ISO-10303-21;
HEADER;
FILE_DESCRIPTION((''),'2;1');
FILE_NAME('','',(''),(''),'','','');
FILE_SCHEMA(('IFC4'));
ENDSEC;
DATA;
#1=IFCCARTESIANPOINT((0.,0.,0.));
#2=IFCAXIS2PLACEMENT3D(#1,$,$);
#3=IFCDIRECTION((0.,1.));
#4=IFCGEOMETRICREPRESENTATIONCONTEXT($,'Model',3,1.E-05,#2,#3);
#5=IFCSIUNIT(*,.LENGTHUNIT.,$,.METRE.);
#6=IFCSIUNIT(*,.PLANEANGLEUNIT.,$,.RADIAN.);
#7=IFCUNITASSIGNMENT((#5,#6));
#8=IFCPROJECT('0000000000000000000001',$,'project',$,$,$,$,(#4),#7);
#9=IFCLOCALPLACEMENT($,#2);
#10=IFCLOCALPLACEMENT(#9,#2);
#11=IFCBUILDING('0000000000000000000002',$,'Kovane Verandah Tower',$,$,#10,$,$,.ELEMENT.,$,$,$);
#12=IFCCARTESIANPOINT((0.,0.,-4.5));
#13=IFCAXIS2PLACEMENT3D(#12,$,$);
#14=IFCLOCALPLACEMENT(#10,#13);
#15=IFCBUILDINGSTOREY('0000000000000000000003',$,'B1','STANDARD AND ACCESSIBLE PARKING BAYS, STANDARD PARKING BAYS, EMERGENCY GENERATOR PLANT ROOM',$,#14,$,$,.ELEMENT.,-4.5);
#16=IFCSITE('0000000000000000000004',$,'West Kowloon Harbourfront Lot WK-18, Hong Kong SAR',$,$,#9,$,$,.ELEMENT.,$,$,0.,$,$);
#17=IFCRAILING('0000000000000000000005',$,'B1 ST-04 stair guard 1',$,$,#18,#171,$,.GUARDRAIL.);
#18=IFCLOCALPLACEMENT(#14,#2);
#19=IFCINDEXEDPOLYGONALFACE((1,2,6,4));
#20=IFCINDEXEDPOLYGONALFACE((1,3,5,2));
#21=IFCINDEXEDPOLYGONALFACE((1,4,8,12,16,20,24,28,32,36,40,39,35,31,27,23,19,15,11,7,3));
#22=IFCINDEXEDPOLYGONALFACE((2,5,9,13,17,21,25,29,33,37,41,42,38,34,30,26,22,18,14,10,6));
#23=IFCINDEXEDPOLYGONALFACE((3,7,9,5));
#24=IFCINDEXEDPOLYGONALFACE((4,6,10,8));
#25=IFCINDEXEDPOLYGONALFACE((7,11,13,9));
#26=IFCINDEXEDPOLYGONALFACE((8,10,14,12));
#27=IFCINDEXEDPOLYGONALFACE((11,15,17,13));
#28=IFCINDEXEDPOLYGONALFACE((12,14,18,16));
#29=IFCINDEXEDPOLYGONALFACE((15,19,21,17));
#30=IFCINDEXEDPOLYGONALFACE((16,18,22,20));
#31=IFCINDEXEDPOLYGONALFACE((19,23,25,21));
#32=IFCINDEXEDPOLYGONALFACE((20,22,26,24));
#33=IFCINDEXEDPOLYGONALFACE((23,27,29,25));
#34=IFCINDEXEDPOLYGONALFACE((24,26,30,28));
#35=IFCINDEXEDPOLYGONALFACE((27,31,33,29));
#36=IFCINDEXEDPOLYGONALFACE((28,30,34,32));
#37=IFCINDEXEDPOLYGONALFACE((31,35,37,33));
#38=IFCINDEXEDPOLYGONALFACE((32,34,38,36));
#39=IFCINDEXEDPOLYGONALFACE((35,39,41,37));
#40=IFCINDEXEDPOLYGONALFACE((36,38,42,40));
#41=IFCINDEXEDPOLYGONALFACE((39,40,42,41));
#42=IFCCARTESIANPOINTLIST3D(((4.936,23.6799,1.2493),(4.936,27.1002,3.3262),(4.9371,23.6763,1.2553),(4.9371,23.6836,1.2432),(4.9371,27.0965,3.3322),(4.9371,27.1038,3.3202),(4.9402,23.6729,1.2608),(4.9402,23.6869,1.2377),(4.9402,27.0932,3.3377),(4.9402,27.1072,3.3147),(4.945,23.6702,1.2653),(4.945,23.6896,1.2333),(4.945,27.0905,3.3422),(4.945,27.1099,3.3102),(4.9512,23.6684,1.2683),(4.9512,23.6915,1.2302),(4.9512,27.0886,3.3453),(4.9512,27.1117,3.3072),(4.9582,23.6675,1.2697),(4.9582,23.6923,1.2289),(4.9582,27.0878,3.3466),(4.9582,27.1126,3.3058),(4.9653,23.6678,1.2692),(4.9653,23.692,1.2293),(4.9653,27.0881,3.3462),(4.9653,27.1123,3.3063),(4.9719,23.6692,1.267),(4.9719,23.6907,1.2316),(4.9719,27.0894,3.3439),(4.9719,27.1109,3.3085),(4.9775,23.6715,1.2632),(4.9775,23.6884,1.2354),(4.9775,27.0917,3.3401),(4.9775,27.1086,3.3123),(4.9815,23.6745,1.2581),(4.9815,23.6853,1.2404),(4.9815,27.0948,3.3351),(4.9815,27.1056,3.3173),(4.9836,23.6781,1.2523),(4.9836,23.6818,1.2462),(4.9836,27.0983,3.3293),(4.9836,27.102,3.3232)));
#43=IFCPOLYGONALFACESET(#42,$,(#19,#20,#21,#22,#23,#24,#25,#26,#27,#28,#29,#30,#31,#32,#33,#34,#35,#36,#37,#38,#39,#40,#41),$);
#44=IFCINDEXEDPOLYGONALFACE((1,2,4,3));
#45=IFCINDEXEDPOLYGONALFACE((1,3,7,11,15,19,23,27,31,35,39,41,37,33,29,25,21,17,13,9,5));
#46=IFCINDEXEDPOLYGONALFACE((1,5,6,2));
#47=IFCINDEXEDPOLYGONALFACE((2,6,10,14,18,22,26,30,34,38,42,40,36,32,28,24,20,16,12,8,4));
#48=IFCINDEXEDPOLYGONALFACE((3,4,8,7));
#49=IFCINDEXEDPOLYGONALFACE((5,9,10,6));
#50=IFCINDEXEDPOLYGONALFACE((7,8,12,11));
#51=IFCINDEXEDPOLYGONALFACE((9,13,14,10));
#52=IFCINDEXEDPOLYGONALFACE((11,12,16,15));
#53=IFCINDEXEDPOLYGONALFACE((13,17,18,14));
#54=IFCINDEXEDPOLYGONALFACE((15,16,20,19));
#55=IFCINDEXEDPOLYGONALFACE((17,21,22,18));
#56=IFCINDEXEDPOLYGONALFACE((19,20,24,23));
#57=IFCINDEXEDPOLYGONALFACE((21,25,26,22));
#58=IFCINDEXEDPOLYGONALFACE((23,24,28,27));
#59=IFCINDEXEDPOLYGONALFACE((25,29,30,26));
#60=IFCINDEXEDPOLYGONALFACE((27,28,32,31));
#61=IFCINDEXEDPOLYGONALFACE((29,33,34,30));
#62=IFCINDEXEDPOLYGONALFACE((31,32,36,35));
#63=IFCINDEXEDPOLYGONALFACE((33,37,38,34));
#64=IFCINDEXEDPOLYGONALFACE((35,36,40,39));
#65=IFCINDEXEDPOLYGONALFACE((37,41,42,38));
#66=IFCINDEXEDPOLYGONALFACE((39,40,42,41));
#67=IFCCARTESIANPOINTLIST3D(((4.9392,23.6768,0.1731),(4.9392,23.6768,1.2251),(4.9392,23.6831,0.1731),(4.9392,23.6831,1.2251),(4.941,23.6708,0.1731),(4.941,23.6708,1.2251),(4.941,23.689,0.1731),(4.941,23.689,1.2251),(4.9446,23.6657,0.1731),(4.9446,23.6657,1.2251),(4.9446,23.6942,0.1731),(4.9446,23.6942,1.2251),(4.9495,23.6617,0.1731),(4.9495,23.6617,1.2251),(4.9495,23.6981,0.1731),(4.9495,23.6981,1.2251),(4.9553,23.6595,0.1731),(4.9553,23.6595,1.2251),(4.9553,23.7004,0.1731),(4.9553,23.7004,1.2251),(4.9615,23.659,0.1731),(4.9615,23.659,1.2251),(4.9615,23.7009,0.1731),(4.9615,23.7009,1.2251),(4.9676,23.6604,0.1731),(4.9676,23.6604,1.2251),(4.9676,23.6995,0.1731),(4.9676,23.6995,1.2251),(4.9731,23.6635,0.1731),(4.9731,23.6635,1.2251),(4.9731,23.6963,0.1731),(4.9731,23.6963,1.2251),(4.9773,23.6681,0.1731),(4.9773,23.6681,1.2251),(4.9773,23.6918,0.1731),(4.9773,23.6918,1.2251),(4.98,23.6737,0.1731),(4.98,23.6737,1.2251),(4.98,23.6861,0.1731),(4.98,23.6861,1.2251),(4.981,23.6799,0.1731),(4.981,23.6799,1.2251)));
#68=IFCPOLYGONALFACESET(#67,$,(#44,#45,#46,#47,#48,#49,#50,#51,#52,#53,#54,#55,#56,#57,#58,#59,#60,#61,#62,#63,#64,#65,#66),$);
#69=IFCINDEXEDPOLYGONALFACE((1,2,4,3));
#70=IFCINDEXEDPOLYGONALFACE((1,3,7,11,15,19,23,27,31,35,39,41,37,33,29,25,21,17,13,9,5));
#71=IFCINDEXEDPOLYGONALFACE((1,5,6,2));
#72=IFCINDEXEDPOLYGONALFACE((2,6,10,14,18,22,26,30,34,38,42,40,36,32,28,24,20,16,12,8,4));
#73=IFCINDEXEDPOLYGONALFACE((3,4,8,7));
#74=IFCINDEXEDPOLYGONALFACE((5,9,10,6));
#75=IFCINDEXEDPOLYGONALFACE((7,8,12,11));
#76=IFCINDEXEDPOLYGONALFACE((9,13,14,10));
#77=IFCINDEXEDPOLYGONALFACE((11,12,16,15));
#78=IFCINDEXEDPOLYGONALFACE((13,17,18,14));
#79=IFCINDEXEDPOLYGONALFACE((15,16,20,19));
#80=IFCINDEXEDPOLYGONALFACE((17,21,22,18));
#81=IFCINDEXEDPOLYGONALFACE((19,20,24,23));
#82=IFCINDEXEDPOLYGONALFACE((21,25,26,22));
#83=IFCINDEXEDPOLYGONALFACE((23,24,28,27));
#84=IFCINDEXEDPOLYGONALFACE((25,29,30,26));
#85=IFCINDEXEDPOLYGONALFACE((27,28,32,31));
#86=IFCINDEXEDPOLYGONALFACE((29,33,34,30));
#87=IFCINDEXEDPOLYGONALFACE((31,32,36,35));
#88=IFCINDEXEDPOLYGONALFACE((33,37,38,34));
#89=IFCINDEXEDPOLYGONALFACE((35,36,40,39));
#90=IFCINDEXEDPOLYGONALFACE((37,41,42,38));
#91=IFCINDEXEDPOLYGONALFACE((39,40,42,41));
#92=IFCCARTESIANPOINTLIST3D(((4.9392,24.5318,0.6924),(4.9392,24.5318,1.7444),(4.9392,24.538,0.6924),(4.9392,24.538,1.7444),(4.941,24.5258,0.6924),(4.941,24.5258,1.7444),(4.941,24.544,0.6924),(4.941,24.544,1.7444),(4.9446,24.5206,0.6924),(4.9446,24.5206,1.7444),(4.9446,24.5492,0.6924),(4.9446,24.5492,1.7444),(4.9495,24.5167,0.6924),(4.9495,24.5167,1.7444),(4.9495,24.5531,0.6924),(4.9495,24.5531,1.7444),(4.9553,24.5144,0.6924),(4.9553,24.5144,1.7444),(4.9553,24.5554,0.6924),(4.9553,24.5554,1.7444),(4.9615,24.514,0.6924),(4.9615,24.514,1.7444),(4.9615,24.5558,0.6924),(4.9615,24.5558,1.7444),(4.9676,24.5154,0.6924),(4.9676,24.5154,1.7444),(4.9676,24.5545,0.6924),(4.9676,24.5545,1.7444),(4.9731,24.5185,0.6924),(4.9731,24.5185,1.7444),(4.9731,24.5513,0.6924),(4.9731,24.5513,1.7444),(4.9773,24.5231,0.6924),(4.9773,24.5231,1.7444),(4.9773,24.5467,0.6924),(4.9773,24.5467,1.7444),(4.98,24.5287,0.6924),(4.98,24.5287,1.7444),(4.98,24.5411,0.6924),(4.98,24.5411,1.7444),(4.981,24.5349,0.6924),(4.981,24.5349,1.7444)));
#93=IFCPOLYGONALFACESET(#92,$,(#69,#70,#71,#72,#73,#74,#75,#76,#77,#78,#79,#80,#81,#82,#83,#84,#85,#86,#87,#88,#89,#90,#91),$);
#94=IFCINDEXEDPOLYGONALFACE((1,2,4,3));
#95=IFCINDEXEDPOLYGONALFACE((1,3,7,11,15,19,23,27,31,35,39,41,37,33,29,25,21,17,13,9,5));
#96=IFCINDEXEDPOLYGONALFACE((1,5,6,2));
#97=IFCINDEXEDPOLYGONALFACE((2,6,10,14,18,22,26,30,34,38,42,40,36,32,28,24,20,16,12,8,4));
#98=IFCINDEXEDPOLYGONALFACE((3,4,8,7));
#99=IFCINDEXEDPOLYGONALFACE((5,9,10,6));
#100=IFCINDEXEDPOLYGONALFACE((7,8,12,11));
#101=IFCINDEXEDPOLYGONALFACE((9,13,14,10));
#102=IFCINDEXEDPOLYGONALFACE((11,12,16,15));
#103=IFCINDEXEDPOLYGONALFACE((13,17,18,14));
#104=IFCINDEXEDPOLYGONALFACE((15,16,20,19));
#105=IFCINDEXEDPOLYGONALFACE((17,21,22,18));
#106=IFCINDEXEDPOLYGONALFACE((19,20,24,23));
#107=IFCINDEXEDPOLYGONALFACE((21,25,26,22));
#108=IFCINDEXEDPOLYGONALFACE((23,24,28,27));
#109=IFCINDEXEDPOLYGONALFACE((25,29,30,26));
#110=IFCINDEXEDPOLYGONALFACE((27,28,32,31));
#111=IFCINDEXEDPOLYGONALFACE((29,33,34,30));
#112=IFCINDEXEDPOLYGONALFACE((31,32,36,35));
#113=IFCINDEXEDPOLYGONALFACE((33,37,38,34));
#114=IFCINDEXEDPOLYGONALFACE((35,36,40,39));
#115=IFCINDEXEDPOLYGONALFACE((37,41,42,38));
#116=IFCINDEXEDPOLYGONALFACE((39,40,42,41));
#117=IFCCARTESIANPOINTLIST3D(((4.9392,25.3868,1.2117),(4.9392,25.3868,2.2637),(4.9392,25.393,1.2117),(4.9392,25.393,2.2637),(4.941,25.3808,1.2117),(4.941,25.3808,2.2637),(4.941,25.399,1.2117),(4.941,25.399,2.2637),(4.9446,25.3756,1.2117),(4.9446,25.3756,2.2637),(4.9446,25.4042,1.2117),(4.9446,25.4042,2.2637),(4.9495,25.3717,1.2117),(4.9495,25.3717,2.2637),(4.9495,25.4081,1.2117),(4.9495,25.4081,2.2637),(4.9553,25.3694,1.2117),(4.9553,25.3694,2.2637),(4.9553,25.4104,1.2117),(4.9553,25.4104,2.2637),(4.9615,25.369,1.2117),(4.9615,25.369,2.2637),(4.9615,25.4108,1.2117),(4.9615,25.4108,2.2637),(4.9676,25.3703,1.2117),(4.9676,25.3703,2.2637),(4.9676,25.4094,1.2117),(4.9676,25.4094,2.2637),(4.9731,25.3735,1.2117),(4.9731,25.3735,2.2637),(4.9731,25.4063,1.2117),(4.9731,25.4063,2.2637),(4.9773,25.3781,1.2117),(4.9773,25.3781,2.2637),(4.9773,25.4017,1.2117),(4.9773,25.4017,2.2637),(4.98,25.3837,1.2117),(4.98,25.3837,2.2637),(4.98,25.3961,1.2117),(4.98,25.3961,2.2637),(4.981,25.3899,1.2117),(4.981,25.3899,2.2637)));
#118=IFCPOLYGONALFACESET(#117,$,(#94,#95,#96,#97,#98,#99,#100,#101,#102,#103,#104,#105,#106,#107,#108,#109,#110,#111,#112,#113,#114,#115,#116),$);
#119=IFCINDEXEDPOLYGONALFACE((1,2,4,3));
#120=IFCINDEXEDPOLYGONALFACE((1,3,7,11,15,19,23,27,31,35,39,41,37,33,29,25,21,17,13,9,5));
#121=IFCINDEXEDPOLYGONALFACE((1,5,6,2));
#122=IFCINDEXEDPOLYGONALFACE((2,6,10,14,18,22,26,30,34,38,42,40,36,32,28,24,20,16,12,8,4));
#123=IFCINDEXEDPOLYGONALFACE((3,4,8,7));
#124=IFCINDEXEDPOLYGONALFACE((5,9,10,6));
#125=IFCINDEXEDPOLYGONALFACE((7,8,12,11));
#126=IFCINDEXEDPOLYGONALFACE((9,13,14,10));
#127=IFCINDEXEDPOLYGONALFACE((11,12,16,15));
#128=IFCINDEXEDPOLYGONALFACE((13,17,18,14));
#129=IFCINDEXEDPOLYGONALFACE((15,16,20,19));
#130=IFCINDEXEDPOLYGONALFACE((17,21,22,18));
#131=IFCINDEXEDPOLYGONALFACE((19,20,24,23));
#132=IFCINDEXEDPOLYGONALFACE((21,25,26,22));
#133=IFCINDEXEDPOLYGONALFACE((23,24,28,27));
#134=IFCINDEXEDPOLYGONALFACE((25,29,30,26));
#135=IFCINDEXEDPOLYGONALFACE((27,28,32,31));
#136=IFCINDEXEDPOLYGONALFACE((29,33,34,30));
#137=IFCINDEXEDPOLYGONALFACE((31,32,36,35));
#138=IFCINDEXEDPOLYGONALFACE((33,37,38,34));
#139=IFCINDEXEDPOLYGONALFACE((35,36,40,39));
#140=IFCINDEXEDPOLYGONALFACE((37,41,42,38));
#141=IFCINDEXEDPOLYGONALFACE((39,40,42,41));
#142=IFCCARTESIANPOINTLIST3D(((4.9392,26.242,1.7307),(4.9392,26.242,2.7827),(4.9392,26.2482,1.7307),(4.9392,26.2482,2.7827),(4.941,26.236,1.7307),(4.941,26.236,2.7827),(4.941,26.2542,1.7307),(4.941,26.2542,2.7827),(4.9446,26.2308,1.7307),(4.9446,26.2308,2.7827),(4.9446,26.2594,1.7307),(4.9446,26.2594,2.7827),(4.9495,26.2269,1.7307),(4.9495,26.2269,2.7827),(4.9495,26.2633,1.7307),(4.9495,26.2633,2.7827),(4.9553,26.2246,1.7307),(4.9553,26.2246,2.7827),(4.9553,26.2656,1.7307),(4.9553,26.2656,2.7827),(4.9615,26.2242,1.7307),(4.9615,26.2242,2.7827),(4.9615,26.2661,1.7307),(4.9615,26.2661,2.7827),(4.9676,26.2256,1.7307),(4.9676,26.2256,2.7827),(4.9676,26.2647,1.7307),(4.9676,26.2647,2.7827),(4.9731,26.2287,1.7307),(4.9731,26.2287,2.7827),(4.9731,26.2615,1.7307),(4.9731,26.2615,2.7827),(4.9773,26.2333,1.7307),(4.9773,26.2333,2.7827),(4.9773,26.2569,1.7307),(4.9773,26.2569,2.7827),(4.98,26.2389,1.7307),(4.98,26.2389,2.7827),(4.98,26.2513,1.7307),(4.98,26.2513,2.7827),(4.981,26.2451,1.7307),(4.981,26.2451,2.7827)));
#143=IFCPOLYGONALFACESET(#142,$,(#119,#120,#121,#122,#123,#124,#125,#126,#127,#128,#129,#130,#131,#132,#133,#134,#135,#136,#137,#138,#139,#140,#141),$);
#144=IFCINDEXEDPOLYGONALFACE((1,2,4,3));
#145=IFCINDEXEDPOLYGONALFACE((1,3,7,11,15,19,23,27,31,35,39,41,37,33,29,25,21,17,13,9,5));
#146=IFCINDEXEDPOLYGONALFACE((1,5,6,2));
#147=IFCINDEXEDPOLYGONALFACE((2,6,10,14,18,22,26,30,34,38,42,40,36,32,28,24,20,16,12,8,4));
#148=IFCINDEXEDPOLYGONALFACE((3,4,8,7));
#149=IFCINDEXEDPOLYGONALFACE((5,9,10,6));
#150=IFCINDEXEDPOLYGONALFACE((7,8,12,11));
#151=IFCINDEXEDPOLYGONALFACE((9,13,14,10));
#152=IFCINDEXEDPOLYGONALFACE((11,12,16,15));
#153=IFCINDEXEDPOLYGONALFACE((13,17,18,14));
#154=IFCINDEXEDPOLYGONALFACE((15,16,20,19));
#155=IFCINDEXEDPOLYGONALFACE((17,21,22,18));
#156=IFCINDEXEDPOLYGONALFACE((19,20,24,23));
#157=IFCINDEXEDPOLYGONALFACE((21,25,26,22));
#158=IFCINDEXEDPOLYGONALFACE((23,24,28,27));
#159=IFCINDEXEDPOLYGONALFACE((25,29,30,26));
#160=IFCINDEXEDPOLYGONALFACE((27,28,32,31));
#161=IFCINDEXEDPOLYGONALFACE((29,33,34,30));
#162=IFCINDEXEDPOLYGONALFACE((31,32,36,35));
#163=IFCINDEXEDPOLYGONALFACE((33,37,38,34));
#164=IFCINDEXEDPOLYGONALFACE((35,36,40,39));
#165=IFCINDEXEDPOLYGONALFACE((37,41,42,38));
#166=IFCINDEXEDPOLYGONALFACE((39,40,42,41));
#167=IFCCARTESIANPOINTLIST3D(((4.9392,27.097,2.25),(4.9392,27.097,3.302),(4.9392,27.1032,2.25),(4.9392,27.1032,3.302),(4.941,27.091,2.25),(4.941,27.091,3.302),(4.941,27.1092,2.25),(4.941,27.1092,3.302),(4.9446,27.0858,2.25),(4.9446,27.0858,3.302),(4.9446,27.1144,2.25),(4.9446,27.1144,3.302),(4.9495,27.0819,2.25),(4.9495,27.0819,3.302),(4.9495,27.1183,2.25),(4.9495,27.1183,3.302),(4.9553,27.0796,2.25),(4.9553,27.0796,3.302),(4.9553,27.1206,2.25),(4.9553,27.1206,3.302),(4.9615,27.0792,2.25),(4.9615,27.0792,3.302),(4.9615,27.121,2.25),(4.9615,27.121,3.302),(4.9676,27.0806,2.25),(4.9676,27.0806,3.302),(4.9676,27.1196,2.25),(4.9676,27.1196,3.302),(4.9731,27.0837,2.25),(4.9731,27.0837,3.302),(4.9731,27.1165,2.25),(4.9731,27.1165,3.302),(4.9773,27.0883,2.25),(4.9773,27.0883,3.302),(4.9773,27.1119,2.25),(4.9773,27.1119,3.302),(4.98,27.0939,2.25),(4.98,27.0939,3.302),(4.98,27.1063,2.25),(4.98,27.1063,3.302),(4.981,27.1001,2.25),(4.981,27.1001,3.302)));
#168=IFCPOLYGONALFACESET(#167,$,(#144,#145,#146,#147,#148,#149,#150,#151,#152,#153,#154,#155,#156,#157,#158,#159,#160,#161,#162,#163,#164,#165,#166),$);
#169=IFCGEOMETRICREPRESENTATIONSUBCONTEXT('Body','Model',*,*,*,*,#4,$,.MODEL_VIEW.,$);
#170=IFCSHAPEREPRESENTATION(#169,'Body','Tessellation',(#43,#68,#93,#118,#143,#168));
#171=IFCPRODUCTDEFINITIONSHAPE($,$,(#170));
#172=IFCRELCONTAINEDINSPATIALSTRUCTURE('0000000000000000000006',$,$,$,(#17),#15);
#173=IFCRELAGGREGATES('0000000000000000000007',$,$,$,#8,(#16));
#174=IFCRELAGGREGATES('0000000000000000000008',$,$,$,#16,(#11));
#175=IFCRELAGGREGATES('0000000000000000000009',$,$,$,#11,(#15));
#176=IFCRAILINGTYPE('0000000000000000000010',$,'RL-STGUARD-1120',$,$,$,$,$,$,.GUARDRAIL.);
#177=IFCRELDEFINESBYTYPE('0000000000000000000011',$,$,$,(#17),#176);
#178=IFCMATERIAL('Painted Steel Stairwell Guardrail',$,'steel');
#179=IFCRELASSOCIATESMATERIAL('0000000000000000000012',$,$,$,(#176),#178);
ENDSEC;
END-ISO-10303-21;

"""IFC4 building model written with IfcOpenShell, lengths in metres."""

from ifc_helpers import new_model, si_unit, direction, frame, origin, origin_2d, place, context, subcontext, project, spatial, circle, extrude, material, type_object, element, save


model = new_model("IFC4")

# Units and contexts
model_context = context("Model", 3, precision=1e-05, world=origin(), true_north=direction((0.0, 1.0)))
body_context = subcontext(model_context, "Body", "Model", "MODEL_VIEW")
ifc_project = project(units=[si_unit("LENGTHUNIT", "METRE"), si_unit("PLANEANGLEUNIT", "RADIAN")], contexts=[model_context])

# Site, building, storey
site_placement = place(None, origin())
site = spatial("IfcSite", under=ifc_project, at=site_placement, Name="West Kowloon Harbourfront Lot WK-18, Hong Kong SAR", CompositionType="ELEMENT", RefElevation=0.0)
building_placement = place(site_placement, origin())
building = spatial("IfcBuilding", under=site, at=building_placement, Name="Kovane Verandah Tower", CompositionType="ELEMENT")
storey_placement = place(building_placement, frame((0.0, 0.0, -4.5)))
storey = spatial("IfcBuildingStorey", under=building, at=storey_placement, Name="B1", Description="STANDARD AND ACCESSIBLE PARKING BAYS, STANDARD PARKING BAYS, EMERGENCY GENERATOR PLANT ROOM", CompositionType="ELEMENT", Elevation=-4.5)

# Railing
ifc_material_1 = material(Name="Painted Steel Stairwell Guardrail", Category="steel")
railing_type_1 = type_object("IfcRailingType", Name="RL-STGUARD-1120", PredefinedType="GUARDRAIL", material=ifc_material_1)
railing_1_placement = place(storey_placement, frame((4.96, 23.6799, 0.1731)))
element("IfcRailing", 1, at=railing_1_placement, inside=storey, type_object=railing_type_1, Name="B1 ST-04 stair guard 1", PredefinedType="GUARDRAIL", context=body_context, shape_type="SweptSolid", body=[
    extrude(circle(Radius=0.0239, at=origin_2d()), frame((0.0, 0.0, 1.0762), z_axis=(0.0, 0.854746, 0.519047), x_axis=(-1.0, 0.0, 0.0)), (0.0, 0.0, 1.0), 4.0015),
    extrude(circle(Radius=0.021, at=origin_2d()), origin(), (0.0, 0.0, 1.0), 1.052),
    extrude(circle(Radius=0.021, at=origin_2d()), frame((0.0, 0.855, 0.5193)), (0.0, 0.0, 1.0), 1.052),
    extrude(circle(Radius=0.021, at=origin_2d()), frame((0.0, 1.71, 1.0386)), (0.0, 0.0, 1.0), 1.052),
    extrude(circle(Radius=0.021, at=origin_2d()), frame((0.0, 2.5652, 1.5576)), (0.0, 0.0, 1.0), 1.052),
    extrude(circle(Radius=0.021, at=origin_2d()), frame((0.0, 3.4202, 2.0769)), (0.0, 0.0, 1.0), 1.052),
])

save(model, "model.ifc")
